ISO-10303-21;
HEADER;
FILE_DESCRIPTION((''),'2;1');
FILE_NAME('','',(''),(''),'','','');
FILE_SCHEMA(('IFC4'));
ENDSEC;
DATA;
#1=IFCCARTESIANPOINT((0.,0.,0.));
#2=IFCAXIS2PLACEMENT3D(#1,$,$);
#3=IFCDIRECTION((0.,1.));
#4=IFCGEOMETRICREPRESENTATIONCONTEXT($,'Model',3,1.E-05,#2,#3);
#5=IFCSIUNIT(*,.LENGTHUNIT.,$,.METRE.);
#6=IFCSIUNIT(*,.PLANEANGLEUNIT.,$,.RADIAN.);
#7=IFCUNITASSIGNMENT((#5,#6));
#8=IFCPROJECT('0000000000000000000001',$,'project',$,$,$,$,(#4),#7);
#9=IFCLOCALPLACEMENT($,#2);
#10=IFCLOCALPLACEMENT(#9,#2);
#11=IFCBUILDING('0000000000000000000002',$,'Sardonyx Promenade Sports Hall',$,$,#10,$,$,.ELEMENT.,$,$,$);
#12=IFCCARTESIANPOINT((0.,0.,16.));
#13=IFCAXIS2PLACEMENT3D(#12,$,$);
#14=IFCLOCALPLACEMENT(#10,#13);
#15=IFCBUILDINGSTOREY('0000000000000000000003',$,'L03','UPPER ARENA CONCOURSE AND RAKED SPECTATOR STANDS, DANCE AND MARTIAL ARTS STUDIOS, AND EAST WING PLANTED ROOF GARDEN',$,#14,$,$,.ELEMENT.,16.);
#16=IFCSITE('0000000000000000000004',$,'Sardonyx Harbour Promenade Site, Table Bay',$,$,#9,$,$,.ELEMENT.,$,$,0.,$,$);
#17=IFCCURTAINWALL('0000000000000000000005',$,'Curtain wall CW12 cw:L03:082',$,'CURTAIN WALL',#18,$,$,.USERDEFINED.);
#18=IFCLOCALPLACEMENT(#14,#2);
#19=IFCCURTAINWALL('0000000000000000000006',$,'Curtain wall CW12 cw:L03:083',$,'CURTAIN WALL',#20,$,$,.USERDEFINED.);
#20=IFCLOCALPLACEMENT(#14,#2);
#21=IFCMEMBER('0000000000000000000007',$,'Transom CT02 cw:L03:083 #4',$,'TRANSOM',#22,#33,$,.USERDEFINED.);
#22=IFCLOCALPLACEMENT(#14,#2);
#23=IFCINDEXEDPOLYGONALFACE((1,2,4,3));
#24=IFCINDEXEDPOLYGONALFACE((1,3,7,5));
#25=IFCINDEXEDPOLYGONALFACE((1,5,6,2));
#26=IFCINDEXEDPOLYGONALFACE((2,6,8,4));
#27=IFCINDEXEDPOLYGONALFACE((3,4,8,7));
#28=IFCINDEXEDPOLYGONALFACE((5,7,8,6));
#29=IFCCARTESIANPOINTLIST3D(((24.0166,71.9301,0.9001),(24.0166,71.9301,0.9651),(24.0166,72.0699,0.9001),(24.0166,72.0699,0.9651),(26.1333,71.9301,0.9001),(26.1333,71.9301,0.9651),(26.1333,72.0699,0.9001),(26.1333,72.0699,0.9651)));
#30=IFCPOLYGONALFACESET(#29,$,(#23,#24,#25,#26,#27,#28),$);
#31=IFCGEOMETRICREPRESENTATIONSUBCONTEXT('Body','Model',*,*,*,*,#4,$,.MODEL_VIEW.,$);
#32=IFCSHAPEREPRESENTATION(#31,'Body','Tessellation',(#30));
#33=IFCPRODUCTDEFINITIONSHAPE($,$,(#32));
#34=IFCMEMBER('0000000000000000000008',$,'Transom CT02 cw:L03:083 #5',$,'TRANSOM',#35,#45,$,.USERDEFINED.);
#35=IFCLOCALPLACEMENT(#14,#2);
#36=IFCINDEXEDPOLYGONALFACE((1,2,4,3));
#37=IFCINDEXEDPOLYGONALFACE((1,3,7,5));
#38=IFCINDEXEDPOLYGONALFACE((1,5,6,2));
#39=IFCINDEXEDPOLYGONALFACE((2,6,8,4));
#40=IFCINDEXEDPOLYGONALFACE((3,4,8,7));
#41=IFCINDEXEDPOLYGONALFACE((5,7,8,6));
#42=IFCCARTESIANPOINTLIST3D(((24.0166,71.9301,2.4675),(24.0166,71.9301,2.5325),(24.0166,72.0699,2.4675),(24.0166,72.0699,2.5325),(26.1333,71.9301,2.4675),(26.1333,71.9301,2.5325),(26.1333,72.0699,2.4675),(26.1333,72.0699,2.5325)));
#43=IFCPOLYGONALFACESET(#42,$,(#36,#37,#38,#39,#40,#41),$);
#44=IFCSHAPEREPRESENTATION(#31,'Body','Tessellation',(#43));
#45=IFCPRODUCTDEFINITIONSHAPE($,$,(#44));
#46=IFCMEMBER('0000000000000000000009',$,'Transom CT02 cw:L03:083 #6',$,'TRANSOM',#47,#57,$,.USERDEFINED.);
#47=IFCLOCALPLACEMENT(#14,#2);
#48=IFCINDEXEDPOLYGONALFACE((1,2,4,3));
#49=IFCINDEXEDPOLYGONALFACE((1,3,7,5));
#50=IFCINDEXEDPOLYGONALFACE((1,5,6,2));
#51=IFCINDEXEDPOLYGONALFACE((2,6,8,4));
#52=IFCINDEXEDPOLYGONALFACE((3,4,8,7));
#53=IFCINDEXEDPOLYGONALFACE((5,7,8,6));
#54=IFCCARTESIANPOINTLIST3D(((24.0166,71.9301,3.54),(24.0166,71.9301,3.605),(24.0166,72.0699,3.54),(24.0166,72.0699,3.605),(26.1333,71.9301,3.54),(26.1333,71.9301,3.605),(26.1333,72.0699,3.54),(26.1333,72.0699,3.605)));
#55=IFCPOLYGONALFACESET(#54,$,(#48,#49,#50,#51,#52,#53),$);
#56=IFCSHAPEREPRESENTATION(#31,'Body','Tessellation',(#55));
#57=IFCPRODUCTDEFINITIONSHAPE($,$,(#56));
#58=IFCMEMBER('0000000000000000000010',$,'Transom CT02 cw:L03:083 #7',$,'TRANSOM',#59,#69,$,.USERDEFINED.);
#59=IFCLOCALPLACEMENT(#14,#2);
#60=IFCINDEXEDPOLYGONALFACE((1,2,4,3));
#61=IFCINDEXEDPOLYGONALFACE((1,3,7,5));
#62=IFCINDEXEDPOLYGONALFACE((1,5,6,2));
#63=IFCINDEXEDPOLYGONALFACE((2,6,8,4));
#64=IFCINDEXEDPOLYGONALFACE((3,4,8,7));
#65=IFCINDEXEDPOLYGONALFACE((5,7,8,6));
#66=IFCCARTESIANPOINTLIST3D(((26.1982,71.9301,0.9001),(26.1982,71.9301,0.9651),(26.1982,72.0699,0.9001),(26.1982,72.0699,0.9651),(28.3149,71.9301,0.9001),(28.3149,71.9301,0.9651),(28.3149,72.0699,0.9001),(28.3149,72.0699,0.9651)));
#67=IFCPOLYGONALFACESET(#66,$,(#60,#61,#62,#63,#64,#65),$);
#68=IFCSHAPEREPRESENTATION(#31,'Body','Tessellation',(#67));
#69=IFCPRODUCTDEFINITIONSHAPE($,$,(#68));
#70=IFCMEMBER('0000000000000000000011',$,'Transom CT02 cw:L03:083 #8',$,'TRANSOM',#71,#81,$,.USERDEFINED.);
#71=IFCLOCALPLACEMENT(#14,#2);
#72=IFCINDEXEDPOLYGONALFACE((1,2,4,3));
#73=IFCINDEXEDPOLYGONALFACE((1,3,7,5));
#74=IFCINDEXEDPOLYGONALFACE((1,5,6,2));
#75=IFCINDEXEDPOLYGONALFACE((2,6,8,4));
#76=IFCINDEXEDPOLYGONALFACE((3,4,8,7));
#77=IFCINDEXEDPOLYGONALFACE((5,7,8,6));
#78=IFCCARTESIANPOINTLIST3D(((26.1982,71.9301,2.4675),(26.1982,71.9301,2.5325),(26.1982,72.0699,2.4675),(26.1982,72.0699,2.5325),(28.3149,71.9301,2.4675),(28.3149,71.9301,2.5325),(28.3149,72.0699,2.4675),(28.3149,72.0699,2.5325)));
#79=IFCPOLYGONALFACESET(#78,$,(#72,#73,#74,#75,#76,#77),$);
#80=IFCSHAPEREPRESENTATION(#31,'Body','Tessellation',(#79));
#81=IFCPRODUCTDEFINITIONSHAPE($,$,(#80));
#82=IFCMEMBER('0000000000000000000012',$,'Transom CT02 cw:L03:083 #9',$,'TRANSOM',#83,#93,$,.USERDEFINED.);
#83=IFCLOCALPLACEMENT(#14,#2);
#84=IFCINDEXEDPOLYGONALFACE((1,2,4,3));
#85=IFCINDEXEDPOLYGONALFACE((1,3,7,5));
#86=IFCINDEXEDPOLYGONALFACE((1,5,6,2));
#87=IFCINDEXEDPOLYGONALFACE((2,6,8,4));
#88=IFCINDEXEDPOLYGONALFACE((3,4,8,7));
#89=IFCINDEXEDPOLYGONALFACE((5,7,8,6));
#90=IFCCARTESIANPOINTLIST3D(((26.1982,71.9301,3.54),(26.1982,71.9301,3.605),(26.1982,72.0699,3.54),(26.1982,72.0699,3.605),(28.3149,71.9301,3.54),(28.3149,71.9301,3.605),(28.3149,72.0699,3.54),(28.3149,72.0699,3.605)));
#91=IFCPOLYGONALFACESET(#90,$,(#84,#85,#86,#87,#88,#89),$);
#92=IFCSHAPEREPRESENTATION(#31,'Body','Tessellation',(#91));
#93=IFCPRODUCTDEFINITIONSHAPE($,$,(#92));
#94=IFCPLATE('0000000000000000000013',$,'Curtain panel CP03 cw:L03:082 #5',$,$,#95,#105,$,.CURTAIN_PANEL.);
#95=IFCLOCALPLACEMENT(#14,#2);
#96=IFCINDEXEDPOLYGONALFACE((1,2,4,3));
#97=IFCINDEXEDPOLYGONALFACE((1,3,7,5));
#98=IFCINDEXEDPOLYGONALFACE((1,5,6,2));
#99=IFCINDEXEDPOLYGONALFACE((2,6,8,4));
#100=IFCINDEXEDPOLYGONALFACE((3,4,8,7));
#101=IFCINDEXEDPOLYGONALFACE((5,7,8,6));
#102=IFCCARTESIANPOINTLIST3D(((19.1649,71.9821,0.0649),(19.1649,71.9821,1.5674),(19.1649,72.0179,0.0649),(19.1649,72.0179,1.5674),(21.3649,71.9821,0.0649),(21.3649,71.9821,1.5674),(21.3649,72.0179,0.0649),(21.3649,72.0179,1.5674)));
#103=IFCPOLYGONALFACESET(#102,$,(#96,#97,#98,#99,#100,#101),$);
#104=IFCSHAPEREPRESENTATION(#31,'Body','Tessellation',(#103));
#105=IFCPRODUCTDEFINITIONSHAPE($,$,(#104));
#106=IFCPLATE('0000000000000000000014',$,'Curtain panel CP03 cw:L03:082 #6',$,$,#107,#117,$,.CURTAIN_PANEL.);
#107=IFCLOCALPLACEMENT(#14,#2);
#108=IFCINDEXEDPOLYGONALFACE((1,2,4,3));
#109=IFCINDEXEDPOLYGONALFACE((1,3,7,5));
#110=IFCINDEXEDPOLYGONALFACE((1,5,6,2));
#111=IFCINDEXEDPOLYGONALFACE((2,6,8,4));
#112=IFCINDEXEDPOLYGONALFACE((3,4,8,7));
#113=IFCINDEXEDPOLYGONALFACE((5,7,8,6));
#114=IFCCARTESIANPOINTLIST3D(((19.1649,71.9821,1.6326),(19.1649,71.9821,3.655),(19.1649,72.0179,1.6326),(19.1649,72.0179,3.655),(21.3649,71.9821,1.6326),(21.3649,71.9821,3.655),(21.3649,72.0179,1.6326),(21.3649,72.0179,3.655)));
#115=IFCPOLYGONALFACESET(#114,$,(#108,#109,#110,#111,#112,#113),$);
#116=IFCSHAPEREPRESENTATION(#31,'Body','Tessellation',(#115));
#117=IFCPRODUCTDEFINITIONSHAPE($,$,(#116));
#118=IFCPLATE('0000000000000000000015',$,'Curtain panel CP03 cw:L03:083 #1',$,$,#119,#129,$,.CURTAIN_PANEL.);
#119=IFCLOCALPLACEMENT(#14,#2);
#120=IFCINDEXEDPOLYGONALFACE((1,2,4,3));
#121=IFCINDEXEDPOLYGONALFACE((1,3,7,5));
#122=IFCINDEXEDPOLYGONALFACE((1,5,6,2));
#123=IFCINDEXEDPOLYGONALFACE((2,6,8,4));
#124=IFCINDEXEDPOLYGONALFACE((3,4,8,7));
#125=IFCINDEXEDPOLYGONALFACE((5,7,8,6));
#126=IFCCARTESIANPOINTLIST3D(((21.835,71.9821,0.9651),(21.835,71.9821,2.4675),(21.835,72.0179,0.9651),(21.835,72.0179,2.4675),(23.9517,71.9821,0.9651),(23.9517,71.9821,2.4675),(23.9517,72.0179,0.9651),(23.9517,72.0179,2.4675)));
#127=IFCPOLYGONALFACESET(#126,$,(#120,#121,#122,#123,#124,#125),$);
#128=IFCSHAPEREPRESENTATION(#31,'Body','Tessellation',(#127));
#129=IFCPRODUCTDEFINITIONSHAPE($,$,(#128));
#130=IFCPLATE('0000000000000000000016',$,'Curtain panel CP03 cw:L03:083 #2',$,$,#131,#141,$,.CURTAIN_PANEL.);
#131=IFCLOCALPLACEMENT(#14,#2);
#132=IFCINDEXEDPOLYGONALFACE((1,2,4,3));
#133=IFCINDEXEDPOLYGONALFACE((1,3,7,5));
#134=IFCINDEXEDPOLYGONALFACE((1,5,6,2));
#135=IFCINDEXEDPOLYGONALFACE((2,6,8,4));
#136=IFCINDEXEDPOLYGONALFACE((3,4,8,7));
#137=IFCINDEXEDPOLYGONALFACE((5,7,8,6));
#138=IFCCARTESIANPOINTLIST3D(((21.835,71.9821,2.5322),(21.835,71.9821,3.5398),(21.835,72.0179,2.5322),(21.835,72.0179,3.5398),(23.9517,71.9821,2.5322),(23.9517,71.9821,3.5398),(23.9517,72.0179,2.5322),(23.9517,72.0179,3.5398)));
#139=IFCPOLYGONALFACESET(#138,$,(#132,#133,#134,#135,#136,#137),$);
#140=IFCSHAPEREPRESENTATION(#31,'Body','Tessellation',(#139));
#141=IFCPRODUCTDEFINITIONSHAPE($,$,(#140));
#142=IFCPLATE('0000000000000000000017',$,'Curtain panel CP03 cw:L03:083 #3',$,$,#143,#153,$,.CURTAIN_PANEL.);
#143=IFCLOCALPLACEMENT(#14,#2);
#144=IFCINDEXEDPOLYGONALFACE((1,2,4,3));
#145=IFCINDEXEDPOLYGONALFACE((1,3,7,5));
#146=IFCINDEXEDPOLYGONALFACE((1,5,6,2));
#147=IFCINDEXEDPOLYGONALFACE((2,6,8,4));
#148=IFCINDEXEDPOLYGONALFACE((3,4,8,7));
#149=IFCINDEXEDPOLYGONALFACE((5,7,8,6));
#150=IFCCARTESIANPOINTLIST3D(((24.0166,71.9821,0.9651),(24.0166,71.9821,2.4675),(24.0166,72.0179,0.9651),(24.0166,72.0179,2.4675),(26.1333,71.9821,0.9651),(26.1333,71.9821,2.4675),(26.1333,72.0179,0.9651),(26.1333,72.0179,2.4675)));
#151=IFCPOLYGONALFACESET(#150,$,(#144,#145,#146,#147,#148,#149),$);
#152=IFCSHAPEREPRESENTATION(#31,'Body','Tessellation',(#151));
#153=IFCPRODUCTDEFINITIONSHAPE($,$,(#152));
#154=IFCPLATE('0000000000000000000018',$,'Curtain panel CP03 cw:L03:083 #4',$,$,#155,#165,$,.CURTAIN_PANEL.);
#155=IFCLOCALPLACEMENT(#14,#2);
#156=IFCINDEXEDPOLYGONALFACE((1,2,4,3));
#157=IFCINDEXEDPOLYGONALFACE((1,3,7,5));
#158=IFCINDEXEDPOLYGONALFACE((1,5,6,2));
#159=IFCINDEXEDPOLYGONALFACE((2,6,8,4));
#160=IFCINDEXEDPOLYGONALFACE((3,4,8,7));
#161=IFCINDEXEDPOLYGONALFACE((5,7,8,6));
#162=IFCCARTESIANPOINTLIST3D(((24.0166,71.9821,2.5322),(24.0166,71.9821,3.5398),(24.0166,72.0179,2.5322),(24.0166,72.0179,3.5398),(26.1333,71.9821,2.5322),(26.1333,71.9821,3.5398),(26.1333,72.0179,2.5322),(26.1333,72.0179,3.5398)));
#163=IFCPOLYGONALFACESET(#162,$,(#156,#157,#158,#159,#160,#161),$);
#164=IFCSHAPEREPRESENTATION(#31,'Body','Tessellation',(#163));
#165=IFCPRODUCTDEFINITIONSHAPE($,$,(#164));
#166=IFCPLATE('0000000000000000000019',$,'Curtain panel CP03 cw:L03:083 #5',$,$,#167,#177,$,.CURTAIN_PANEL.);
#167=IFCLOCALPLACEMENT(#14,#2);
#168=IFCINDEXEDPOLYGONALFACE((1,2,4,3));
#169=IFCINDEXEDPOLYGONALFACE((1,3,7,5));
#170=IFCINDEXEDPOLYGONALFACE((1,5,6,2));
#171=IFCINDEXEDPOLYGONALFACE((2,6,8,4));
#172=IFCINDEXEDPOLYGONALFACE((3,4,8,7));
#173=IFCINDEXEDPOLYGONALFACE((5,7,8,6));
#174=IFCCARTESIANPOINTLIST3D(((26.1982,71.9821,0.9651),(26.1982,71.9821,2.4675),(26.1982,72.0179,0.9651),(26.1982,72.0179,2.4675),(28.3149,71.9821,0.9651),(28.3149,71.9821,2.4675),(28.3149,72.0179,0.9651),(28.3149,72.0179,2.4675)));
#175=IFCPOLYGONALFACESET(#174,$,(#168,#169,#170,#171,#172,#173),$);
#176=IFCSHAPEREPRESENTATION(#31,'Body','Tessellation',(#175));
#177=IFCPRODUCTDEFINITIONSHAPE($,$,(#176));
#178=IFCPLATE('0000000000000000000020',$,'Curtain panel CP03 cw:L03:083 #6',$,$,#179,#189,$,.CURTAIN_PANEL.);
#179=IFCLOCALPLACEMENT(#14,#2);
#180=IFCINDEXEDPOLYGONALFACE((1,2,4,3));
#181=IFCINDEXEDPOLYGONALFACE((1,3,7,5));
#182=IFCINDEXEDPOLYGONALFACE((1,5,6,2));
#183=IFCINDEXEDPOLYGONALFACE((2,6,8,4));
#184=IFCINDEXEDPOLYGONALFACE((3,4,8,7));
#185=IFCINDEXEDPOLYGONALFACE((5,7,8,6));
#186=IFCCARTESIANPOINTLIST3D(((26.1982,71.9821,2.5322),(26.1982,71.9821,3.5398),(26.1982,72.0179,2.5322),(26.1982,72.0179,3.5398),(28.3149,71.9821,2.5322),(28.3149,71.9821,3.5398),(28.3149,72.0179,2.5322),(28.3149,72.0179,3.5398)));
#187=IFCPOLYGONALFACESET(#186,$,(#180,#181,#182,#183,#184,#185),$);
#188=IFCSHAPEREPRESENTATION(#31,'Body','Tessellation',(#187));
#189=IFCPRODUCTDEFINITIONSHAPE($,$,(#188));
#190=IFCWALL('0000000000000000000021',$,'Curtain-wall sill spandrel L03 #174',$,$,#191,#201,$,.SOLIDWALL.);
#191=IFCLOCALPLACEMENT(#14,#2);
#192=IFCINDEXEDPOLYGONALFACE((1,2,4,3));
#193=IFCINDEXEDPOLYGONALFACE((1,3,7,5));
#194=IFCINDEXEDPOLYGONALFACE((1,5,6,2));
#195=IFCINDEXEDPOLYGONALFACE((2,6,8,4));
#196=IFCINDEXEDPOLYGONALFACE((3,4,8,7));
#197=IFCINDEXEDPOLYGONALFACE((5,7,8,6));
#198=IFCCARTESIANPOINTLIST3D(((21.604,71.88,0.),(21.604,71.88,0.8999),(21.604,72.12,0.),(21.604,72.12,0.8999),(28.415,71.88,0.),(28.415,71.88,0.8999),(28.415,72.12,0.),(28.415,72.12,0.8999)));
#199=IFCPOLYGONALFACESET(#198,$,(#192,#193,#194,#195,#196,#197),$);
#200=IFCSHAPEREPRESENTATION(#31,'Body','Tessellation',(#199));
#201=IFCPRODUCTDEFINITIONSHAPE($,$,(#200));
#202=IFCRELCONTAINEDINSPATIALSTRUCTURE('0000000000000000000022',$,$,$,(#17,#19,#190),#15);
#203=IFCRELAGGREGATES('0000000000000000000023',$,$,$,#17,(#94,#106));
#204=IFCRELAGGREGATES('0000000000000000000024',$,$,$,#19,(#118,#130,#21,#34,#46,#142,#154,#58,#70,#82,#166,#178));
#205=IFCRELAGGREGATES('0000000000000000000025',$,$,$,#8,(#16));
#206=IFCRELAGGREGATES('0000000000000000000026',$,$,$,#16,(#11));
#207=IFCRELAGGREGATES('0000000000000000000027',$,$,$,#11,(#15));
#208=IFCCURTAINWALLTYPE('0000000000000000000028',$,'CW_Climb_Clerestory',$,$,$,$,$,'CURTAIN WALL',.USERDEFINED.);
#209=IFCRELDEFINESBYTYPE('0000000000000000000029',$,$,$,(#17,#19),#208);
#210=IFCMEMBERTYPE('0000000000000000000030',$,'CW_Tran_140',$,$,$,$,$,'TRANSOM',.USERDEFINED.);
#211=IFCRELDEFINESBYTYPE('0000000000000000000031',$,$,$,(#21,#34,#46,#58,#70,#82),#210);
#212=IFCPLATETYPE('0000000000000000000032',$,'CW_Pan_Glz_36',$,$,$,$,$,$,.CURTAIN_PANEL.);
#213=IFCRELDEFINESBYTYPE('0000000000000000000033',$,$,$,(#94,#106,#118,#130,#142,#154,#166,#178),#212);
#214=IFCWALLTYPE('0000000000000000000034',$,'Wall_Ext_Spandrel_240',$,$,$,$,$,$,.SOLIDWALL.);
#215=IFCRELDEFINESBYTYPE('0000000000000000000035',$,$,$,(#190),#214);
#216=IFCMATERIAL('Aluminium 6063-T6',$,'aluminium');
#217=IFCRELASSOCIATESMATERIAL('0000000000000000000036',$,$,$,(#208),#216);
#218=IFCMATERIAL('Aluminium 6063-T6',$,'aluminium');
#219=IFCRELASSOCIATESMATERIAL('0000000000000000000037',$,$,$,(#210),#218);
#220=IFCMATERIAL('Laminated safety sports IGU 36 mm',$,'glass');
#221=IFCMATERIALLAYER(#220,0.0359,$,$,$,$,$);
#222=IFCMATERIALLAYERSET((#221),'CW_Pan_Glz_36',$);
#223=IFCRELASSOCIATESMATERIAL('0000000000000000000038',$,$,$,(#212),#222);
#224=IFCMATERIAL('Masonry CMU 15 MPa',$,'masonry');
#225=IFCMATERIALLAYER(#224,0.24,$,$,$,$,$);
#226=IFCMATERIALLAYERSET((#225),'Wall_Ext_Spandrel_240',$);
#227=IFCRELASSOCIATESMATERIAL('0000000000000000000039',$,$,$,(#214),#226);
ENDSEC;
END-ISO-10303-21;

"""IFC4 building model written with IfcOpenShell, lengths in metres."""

from ifc_helpers import new_model, si_unit, direction, frame, frame_2d, origin, origin_2d, place, context, subcontext, project, spatial, rectangle, extrude, material, layer, layer_set, material_profile, profile_set, type_object, element, aggregate, save


model = new_model("IFC4")

# Units and contexts
model_context = context("Model", 3, precision=1e-05, world=origin(), true_north=direction((0.0, 1.0)))
body_context = subcontext(model_context, "Body", "Model", "MODEL_VIEW")
ifc_project = project(units=[si_unit("LENGTHUNIT", "METRE"), si_unit("PLANEANGLEUNIT", "RADIAN")], contexts=[model_context])

# Site, building, storey
site_placement = place(None, origin())
site = spatial("IfcSite", under=ifc_project, at=site_placement, Name="Sardonyx Harbour Promenade Site, Table Bay", CompositionType="ELEMENT", RefElevation=0.0)
building_placement = place(site_placement, origin())
building = spatial("IfcBuilding", under=site, at=building_placement, Name="Sardonyx Promenade Sports Hall", CompositionType="ELEMENT")
storey_placement = place(building_placement, frame((0.0, 0.0, 16.0)))
storey = spatial("IfcBuildingStorey", under=building, at=storey_placement, Name="L03", Description="UPPER ARENA CONCOURSE AND RAKED SPECTATOR STANDS, DANCE AND MARTIAL ARTS STUDIOS, AND EAST WING PLANTED ROOF GARDEN", CompositionType="ELEMENT", Elevation=16.0)

# Curtain wall
ifc_material_1 = material(Name="Aluminium 6063-T6", Category="aluminium")
curtain_wall_type = type_object("IfcCurtainWallType", Name="CW_Climb_Clerestory", ElementType="CURTAIN WALL", PredefinedType="USERDEFINED", material=ifc_material_1)
curtain_wall_1_placement = place(storey_placement, origin())
curtain_wall_1 = element("IfcCurtainWall", 1, at=curtain_wall_1_placement, inside=storey, type_object=curtain_wall_type, Name="Curtain wall CW12 cw:L03:082", ObjectType="CURTAIN WALL", PredefinedType="USERDEFINED")

# Curtain wall
curtain_wall_2_placement = place(storey_placement, origin())
curtain_wall_2 = element("IfcCurtainWall", 2, at=curtain_wall_2_placement, inside=storey, type_object=curtain_wall_type, Name="Curtain wall CW12 cw:L03:083", ObjectType="CURTAIN WALL", PredefinedType="USERDEFINED")

# Members
ifc_material_2 = material(Name="Aluminium 6063-T6", Category="aluminium")
ifc_material_profile_1 = material_profile(ifc_material_2, rectangle(XDim=0.0649, YDim=0.1399, at=origin_2d()))
ifc_profile_set_1 = profile_set([ifc_material_profile_1], Name="Aluminium 6063-T6")
member_type_1 = type_object("IfcMemberType", Name="CW_Tran_140", ElementType="TRANSOM", PredefinedType="USERDEFINED", material=ifc_profile_set_1)
member_1_placement = place(storey_placement, frame((24.0166, 72.0, 0.9326), z_axis=(1.0, 0.0, 0.0), x_axis=(0.0, 0.0, 1.0)))
member_1 = element("IfcMember", 3, at=member_1_placement, type_object=member_type_1, Name="Transom CT02 cw:L03:083 #4", ObjectType="TRANSOM", PredefinedType="USERDEFINED", context=body_context, shape_type="SweptSolid", body=[
    extrude(rectangle(XDim=0.0649, YDim=0.1399, at=origin_2d()), origin(), (0.0, 0.0, 1.0), 2.1167),
])
member_2_placement = place(storey_placement, frame((24.0166, 72.0, 2.5), z_axis=(1.0, 0.0, 0.0), x_axis=(0.0, 0.0, 1.0)))
member_2 = element("IfcMember", 4, at=member_2_placement, type_object=member_type_1, Name="Transom CT02 cw:L03:083 #5", ObjectType="TRANSOM", PredefinedType="USERDEFINED", context=body_context, shape_type="SweptSolid", body=[
    extrude(rectangle(XDim=0.0649, YDim=0.1399, at=origin_2d()), origin(), (0.0, 0.0, 1.0), 2.1167),
])
member_3_placement = place(storey_placement, frame((24.0166, 72.0, 3.5725), z_axis=(1.0, 0.0, 0.0), x_axis=(0.0, 0.0, 1.0)))
member_3 = element("IfcMember", 5, at=member_3_placement, type_object=member_type_1, Name="Transom CT02 cw:L03:083 #6", ObjectType="TRANSOM", PredefinedType="USERDEFINED", context=body_context, shape_type="SweptSolid", body=[
    extrude(rectangle(XDim=0.0649, YDim=0.1399, at=origin_2d()), origin(), (0.0, 0.0, 1.0), 2.1167),
])
member_4_placement = place(storey_placement, frame((26.1982, 72.0, 0.9326), z_axis=(1.0, 0.0, 0.0), x_axis=(0.0, 0.0, 1.0)))
member_4 = element("IfcMember", 6, at=member_4_placement, type_object=member_type_1, Name="Transom CT02 cw:L03:083 #7", ObjectType="TRANSOM", PredefinedType="USERDEFINED", context=body_context, shape_type="SweptSolid", body=[
    extrude(rectangle(XDim=0.0649, YDim=0.1399, at=origin_2d()), origin(), (0.0, 0.0, 1.0), 2.1167),
])
member_5_placement = place(storey_placement, frame((26.1982, 72.0, 2.5), z_axis=(1.0, 0.0, 0.0), x_axis=(0.0, 0.0, 1.0)))
member_5 = element("IfcMember", 7, at=member_5_placement, type_object=member_type_1, Name="Transom CT02 cw:L03:083 #8", ObjectType="TRANSOM", PredefinedType="USERDEFINED", context=body_context, shape_type="SweptSolid", body=[
    extrude(rectangle(XDim=0.0649, YDim=0.1399, at=origin_2d()), origin(), (0.0, 0.0, 1.0), 2.1167),
])
member_6_placement = place(storey_placement, frame((26.1982, 72.0, 3.5725), z_axis=(1.0, 0.0, 0.0), x_axis=(0.0, 0.0, 1.0)))
member_6 = element("IfcMember", 8, at=member_6_placement, type_object=member_type_1, Name="Transom CT02 cw:L03:083 #9", ObjectType="TRANSOM", PredefinedType="USERDEFINED", context=body_context, shape_type="SweptSolid", body=[
    extrude(rectangle(XDim=0.0649, YDim=0.1399, at=origin_2d()), origin(), (0.0, 0.0, 1.0), 2.1167),
])

# Plates
ifc_material_3 = material(Name="Laminated safety sports IGU 36 mm", Category="glass")
ifc_layer_1 = layer(ifc_material_3, 0.0359)
ifc_layer_set_1 = layer_set([ifc_layer_1], Name="CW_Pan_Glz_36")
plate_type = type_object("IfcPlateType", Name="CW_Pan_Glz_36", PredefinedType="CURTAIN_PANEL", material=ifc_layer_set_1)
plate_1_placement = place(storey_placement, frame((20.2649, 72.0, 0.0649), z_axis=(0.0, 0.0, 1.0), x_axis=(1.0, 0.0, 0.0)))
plate_1 = element("IfcPlate", 9, at=plate_1_placement, type_object=plate_type, Name="Curtain panel CP03 cw:L03:082 #5", PredefinedType="CURTAIN_PANEL", context=body_context, shape_type="SweptSolid", body=[
    extrude(rectangle(XDim=2.2, YDim=0.0359, at=origin_2d()), origin(), (0.0, 0.0, 1.0), 1.5024),
])
plate_2_placement = place(storey_placement, frame((20.2649, 72.0, 1.6326), z_axis=(0.0, 0.0, 1.0), x_axis=(1.0, 0.0, 0.0)))
plate_2 = element("IfcPlate", 10, at=plate_2_placement, type_object=plate_type, Name="Curtain panel CP03 cw:L03:082 #6", PredefinedType="CURTAIN_PANEL", context=body_context, shape_type="SweptSolid", body=[
    extrude(rectangle(XDim=2.2, YDim=0.0359, at=origin_2d()), origin(), (0.0, 0.0, 1.0), 2.0225),
])
aggregate(curtain_wall_1, [plate_1, plate_2])
plate_3_placement = place(storey_placement, frame((22.8933, 72.0, 0.9651), z_axis=(0.0, 0.0, 1.0), x_axis=(1.0, 0.0, 0.0)))
plate_3 = element("IfcPlate", 11, at=plate_3_placement, type_object=plate_type, Name="Curtain panel CP03 cw:L03:083 #1", PredefinedType="CURTAIN_PANEL", context=body_context, shape_type="SweptSolid", body=[
    extrude(rectangle(XDim=2.1167, YDim=0.0359, at=origin_2d()), origin(), (0.0, 0.0, 1.0), 1.5024),
])
plate_4_placement = place(storey_placement, frame((22.8933, 72.0, 2.5322), z_axis=(0.0, 0.0, 1.0), x_axis=(1.0, 0.0, 0.0)))
plate_4 = element("IfcPlate", 12, at=plate_4_placement, type_object=plate_type, Name="Curtain panel CP03 cw:L03:083 #2", PredefinedType="CURTAIN_PANEL", context=body_context, shape_type="SweptSolid", body=[
    extrude(rectangle(XDim=2.1167, YDim=0.0359, at=origin_2d()), origin(), (0.0, 0.0, 1.0), 1.0076),
])
plate_5_placement = place(storey_placement, frame((25.075, 72.0, 0.9651), z_axis=(0.0, 0.0, 1.0), x_axis=(1.0, 0.0, 0.0)))
plate_5 = element("IfcPlate", 13, at=plate_5_placement, type_object=plate_type, Name="Curtain panel CP03 cw:L03:083 #3", PredefinedType="CURTAIN_PANEL", context=body_context, shape_type="SweptSolid", body=[
    extrude(rectangle(XDim=2.1167, YDim=0.0359, at=origin_2d()), origin(), (0.0, 0.0, 1.0), 1.5024),
])
plate_6_placement = place(storey_placement, frame((25.075, 72.0, 2.5322), z_axis=(0.0, 0.0, 1.0), x_axis=(1.0, 0.0, 0.0)))
plate_6 = element("IfcPlate", 14, at=plate_6_placement, type_object=plate_type, Name="Curtain panel CP03 cw:L03:083 #4", PredefinedType="CURTAIN_PANEL", context=body_context, shape_type="SweptSolid", body=[
    extrude(rectangle(XDim=2.1167, YDim=0.0359, at=origin_2d()), origin(), (0.0, 0.0, 1.0), 1.0076),
])
plate_7_placement = place(storey_placement, frame((27.2566, 72.0, 0.9651), z_axis=(0.0, 0.0, 1.0), x_axis=(1.0, 0.0, 0.0)))
plate_7 = element("IfcPlate", 15, at=plate_7_placement, type_object=plate_type, Name="Curtain panel CP03 cw:L03:083 #5", PredefinedType="CURTAIN_PANEL", context=body_context, shape_type="SweptSolid", body=[
    extrude(rectangle(XDim=2.1167, YDim=0.0359, at=origin_2d()), origin(), (0.0, 0.0, 1.0), 1.5024),
])
plate_8_placement = place(storey_placement, frame((27.2566, 72.0, 2.5322), z_axis=(0.0, 0.0, 1.0), x_axis=(1.0, 0.0, 0.0)))
plate_8 = element("IfcPlate", 16, at=plate_8_placement, type_object=plate_type, Name="Curtain panel CP03 cw:L03:083 #6", PredefinedType="CURTAIN_PANEL", context=body_context, shape_type="SweptSolid", body=[
    extrude(rectangle(XDim=2.1167, YDim=0.0359, at=origin_2d()), origin(), (0.0, 0.0, 1.0), 1.0076),
])
aggregate(curtain_wall_2, [plate_3, plate_4, member_1, member_2, member_3, plate_5, plate_6, member_4, member_5, member_6, plate_7, plate_8])

# Wall
ifc_material_4 = material(Name="Masonry CMU 15 MPa", Category="masonry")
ifc_layer_2 = layer(ifc_material_4, 0.24)
ifc_layer_set_2 = layer_set([ifc_layer_2], Name="Wall_Ext_Spandrel_240")
wall_type = type_object("IfcWallType", Name="Wall_Ext_Spandrel_240", PredefinedType="SOLIDWALL", material=ifc_layer_set_2)
wall_placement = place(storey_placement, frame((21.604, 72.0, 0.0), z_axis=(0.0, 0.0, 1.0), x_axis=(1.0, 0.0, 0.0)))
element("IfcWall", 17, at=wall_placement, inside=storey, type_object=wall_type, Name="Curtain-wall sill spandrel L03 #174", PredefinedType="SOLIDWALL", context=body_context, shape_type="SweptSolid", body=[
    extrude(rectangle(XDim=6.811, YDim=0.24, at=frame_2d((3.4055, 0.0))), origin(), (0.0, 0.0, 1.0), 0.8999),
])

save(model, "model.ifc")
